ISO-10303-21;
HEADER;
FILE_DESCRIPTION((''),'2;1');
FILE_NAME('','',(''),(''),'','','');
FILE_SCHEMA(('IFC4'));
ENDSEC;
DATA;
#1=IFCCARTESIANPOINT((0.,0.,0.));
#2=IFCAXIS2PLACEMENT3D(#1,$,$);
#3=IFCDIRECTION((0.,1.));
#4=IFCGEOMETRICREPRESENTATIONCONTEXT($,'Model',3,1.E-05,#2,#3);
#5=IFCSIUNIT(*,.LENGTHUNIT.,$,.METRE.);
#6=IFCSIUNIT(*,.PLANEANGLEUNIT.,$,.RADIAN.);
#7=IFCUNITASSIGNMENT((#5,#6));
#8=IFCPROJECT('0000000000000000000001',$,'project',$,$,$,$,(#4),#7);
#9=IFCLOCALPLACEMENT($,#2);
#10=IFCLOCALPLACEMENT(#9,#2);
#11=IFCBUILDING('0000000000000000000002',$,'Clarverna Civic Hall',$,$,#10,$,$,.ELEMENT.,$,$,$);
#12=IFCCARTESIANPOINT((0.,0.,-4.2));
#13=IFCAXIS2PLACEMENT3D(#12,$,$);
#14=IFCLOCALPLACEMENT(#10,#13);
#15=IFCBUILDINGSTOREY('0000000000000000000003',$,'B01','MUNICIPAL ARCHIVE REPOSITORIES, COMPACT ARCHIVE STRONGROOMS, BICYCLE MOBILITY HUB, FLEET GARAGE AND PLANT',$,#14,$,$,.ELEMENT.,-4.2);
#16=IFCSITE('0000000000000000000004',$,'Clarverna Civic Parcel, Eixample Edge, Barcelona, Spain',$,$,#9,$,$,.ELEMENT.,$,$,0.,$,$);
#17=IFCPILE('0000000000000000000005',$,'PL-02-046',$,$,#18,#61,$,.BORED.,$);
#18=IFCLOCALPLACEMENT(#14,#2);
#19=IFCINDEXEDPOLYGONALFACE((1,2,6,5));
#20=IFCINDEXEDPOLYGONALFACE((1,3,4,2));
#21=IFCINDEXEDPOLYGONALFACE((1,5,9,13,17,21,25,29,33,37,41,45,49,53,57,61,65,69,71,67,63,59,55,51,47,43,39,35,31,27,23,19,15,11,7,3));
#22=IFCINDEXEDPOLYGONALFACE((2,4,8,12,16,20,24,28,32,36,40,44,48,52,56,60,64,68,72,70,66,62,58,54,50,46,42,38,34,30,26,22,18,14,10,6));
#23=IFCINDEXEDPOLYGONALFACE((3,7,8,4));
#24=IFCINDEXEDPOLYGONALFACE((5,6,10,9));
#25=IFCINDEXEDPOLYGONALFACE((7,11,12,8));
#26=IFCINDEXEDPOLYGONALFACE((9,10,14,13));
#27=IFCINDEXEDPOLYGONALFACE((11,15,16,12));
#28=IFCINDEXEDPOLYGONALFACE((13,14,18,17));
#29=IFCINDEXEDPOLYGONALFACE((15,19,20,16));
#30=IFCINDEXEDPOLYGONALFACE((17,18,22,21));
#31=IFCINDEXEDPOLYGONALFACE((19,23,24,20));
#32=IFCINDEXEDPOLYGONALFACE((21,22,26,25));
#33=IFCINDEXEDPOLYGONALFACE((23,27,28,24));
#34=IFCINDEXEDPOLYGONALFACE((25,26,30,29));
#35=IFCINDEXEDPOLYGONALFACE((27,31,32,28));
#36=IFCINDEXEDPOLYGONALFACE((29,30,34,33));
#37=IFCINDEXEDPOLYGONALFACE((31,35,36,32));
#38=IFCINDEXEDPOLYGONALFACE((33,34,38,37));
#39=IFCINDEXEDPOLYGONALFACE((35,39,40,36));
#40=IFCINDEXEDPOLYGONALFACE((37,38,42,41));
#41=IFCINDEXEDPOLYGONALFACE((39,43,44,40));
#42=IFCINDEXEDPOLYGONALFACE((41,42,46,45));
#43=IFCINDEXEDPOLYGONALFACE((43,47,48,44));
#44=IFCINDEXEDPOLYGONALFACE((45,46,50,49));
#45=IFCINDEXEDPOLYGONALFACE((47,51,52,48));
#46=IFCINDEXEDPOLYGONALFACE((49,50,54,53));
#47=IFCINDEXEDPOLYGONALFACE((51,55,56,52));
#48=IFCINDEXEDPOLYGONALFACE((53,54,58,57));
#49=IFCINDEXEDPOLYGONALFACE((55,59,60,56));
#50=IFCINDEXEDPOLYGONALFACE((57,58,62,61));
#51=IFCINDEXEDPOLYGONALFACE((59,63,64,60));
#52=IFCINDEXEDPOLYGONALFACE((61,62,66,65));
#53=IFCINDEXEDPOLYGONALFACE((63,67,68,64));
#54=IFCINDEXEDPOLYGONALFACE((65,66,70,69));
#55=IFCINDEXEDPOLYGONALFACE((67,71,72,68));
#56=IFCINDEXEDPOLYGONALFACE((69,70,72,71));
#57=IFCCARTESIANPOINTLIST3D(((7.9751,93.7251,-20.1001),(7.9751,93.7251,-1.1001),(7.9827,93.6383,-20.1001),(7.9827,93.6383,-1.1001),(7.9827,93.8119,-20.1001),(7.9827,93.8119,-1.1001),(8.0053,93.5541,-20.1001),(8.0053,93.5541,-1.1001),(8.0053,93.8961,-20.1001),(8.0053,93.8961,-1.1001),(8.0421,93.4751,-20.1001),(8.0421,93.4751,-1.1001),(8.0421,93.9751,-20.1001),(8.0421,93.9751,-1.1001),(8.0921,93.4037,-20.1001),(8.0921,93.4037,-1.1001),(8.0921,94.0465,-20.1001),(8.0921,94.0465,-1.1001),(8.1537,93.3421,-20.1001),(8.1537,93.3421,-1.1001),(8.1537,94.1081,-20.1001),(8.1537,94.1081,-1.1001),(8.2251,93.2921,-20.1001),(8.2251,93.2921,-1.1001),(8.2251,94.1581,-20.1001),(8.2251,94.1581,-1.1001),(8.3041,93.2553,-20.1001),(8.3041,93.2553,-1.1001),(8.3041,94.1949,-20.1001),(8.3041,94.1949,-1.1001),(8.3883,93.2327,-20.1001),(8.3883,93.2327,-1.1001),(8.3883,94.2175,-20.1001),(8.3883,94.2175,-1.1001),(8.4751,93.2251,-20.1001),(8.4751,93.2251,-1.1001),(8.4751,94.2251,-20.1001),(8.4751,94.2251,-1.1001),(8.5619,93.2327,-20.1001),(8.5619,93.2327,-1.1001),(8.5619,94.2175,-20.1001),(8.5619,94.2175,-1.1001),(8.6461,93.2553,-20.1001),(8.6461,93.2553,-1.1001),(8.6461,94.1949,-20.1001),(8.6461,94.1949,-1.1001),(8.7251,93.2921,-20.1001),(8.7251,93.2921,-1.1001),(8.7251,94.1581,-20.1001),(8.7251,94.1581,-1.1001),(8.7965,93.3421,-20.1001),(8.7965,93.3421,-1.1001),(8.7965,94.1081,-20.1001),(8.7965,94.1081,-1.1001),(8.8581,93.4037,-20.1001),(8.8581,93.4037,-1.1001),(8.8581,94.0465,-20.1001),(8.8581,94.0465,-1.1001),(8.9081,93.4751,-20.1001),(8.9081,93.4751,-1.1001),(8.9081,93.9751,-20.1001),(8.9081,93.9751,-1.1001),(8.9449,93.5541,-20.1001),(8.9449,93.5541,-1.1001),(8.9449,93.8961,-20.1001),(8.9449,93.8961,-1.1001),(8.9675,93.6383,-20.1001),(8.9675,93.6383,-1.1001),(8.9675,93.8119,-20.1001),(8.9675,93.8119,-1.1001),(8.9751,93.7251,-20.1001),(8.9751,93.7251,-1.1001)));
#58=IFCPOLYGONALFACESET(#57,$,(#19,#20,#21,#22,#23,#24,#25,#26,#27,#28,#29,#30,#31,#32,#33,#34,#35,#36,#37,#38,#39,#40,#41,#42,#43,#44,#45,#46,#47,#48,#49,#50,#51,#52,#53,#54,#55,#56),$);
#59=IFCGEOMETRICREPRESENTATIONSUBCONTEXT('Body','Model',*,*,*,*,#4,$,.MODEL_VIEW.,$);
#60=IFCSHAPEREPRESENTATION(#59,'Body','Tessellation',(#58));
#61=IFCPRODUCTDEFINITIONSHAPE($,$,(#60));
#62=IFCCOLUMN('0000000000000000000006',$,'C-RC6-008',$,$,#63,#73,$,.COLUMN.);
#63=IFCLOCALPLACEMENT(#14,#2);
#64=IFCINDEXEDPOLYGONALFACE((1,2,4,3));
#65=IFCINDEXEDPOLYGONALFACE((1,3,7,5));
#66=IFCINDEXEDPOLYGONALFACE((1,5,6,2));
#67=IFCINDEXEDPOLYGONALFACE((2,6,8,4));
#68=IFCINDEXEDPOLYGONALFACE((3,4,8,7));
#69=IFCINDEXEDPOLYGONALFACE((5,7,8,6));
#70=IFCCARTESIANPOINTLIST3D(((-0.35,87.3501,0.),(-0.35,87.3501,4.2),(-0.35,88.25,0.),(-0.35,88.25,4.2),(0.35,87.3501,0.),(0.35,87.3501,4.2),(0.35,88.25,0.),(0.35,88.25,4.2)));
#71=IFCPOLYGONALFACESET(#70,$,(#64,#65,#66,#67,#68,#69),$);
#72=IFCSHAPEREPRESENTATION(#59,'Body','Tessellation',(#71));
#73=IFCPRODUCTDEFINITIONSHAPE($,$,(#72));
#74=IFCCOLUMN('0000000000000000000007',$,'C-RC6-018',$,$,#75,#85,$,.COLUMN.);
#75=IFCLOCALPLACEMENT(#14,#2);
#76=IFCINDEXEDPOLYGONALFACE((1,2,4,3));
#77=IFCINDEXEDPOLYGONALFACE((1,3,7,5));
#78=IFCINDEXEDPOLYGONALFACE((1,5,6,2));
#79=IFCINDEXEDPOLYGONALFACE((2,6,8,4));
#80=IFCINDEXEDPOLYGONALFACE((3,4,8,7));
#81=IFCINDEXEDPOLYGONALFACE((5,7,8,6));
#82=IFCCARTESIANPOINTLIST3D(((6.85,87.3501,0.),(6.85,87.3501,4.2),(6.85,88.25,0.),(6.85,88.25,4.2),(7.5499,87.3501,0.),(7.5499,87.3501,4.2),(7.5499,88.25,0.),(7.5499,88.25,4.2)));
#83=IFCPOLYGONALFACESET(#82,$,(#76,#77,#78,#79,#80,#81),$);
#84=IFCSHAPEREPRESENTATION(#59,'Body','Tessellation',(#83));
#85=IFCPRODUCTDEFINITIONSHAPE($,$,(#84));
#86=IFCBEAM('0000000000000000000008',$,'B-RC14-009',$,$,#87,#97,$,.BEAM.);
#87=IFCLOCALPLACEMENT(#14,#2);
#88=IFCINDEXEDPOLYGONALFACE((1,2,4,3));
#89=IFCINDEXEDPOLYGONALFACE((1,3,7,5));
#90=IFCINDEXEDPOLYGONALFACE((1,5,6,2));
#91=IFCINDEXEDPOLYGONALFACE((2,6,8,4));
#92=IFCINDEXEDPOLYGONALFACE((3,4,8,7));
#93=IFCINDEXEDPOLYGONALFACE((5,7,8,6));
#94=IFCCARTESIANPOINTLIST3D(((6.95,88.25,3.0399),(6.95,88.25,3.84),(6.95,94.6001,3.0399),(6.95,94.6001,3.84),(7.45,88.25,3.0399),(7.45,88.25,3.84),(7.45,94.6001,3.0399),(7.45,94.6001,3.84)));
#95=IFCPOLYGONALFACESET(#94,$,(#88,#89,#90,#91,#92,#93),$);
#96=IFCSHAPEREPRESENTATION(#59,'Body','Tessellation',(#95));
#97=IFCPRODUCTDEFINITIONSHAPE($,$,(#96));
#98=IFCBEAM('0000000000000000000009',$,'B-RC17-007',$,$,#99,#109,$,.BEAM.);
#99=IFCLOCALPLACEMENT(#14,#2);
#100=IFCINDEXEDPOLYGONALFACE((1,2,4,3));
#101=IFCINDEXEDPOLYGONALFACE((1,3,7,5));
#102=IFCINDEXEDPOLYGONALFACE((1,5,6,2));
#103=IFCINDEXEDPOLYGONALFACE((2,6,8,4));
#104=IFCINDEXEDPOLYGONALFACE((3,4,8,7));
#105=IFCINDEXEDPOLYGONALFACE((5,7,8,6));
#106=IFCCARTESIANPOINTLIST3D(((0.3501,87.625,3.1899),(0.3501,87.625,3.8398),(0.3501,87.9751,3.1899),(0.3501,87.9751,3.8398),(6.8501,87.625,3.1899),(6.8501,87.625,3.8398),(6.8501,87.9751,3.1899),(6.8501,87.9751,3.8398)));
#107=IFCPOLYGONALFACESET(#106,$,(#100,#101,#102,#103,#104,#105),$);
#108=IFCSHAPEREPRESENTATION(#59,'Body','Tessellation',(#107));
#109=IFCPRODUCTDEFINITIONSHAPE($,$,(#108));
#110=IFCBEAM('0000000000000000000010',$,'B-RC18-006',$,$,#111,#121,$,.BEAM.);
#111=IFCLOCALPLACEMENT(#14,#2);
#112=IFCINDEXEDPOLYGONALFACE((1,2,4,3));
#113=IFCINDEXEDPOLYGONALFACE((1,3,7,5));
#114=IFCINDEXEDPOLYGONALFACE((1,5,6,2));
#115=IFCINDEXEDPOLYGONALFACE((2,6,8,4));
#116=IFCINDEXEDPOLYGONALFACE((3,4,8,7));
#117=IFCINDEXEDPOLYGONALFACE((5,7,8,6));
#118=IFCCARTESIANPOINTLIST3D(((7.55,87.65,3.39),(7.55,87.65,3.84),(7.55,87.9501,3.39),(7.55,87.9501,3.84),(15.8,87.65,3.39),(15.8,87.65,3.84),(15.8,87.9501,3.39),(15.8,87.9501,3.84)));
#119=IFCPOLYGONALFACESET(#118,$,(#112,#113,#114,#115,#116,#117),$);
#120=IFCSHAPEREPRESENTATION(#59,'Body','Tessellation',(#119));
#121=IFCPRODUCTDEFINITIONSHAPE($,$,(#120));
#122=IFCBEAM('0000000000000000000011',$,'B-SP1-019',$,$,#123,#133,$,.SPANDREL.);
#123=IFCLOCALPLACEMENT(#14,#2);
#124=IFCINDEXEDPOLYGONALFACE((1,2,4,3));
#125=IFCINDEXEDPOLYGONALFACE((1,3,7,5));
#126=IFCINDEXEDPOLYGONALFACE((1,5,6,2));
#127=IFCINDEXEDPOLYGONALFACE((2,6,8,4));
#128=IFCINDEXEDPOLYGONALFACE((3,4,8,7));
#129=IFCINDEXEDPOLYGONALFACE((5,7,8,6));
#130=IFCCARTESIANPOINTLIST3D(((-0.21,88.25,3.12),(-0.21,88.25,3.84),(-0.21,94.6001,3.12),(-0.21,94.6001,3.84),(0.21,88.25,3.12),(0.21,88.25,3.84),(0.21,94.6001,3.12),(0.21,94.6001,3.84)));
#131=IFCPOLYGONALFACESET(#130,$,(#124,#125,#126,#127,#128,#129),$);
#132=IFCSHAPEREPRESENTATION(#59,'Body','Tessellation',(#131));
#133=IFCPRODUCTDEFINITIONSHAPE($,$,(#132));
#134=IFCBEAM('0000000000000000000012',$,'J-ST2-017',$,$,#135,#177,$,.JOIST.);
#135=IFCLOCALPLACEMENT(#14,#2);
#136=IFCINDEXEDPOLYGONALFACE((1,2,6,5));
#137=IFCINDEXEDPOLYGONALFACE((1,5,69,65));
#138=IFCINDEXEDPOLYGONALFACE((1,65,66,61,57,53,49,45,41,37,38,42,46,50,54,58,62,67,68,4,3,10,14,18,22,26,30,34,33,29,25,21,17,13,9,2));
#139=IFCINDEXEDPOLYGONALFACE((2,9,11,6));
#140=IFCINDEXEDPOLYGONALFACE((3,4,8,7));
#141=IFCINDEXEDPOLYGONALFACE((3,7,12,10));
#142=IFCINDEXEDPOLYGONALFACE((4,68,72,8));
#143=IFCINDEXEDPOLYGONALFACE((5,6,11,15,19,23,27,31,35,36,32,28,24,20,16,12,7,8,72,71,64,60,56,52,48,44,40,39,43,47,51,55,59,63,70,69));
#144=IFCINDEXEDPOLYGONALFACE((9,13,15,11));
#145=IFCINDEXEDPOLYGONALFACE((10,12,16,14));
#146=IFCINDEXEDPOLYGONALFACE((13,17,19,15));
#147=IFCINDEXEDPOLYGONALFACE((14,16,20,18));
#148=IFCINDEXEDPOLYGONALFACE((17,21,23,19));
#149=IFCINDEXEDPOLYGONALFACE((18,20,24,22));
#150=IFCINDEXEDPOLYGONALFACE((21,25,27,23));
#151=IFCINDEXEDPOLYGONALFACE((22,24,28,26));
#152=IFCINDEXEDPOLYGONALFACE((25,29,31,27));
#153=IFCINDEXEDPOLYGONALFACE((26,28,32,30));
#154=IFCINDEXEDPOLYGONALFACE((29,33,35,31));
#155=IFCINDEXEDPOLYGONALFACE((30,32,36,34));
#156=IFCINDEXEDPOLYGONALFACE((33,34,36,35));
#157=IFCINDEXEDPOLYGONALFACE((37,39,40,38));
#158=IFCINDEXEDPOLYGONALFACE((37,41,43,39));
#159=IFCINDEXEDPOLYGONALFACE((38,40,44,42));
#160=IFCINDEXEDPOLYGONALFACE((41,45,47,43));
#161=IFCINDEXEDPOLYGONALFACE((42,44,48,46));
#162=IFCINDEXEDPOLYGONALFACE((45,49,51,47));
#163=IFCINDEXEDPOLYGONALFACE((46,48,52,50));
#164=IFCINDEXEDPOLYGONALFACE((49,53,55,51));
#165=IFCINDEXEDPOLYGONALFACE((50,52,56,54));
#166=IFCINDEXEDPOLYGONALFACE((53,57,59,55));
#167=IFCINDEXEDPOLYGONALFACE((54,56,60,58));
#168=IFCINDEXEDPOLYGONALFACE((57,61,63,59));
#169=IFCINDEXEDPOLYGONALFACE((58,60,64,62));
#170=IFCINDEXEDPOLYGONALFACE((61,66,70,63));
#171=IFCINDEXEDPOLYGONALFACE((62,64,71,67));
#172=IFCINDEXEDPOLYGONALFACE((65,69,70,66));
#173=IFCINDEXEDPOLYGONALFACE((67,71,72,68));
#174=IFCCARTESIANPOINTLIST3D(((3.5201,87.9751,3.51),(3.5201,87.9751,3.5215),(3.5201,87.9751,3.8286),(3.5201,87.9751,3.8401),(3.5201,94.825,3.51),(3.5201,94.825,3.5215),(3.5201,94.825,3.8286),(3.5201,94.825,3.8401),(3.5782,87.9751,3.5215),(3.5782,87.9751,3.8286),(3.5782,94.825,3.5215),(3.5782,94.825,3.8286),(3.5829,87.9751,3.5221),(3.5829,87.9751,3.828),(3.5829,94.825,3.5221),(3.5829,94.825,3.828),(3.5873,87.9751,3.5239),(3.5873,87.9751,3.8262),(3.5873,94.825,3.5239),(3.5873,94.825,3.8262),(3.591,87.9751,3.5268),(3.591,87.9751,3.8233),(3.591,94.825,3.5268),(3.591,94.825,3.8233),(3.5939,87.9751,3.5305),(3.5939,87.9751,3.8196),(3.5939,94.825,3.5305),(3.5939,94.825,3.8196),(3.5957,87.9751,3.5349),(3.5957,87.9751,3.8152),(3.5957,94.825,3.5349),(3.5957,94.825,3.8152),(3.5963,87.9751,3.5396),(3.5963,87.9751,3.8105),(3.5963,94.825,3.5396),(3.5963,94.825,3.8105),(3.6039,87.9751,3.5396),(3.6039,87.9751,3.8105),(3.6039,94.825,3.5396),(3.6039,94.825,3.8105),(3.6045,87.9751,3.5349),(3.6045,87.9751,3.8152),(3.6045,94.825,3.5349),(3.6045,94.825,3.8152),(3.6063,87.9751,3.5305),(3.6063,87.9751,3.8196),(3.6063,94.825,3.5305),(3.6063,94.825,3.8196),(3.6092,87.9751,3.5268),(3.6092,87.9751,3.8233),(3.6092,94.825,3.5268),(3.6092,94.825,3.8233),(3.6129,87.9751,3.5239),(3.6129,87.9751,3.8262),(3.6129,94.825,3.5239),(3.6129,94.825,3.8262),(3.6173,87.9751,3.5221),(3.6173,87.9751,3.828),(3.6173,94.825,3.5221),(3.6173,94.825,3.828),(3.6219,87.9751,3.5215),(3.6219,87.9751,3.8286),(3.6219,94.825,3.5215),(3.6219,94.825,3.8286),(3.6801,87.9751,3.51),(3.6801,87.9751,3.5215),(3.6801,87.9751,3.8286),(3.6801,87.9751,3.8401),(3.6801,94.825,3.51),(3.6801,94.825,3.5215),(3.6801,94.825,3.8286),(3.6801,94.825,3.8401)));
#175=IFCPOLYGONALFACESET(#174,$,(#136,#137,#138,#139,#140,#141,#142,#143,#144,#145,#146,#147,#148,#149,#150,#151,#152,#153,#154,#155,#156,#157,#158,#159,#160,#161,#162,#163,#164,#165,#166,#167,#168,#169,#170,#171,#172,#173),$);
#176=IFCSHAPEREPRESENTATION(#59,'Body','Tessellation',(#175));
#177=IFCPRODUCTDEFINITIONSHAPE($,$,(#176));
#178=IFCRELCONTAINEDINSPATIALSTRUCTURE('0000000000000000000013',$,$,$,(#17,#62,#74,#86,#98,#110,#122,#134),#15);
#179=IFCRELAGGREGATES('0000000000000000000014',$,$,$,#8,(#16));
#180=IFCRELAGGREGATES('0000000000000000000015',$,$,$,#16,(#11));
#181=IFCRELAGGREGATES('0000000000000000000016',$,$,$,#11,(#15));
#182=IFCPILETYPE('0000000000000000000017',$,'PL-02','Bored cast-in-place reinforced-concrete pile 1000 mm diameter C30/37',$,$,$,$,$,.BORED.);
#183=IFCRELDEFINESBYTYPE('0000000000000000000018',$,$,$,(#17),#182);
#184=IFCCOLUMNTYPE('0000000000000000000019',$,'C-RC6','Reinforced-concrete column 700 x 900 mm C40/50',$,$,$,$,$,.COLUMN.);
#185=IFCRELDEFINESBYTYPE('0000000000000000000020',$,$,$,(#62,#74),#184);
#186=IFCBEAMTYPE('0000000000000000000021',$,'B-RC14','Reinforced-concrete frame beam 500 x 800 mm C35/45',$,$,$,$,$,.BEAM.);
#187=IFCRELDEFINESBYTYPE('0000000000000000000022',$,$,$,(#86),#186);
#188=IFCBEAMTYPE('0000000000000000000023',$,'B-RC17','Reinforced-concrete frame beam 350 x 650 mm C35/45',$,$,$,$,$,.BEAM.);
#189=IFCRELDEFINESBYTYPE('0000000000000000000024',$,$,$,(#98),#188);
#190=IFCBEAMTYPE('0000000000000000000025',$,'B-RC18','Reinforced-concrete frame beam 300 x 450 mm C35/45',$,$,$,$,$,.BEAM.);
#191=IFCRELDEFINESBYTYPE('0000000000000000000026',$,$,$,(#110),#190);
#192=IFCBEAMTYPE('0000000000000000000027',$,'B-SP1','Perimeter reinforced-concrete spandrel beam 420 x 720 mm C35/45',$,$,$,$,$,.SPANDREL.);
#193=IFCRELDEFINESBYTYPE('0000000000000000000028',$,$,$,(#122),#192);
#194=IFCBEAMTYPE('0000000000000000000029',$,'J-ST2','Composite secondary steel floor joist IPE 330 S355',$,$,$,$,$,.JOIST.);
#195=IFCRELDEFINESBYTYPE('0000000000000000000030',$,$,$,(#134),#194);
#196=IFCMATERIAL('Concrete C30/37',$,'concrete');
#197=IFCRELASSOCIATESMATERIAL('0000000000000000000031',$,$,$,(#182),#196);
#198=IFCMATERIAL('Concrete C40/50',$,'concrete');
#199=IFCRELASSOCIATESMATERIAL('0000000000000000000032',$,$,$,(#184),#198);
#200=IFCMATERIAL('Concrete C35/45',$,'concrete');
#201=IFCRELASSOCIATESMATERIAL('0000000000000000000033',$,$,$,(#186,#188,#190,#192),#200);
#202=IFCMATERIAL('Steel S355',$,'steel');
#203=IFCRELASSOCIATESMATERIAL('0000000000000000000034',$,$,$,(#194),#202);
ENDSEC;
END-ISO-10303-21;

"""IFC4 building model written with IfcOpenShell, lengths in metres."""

from ifc_helpers import new_model, si_unit, direction, frame, origin, origin_2d, place, context, subcontext, project, spatial, rectangle, circle, i_section, extrude, material, material_profile, profile_set, type_object, element, save


model = new_model("IFC4")

# Units and contexts
model_context = context("Model", 3, precision=1e-05, world=origin(), true_north=direction((0.0, 1.0)))
body_context = subcontext(model_context, "Body", "Model", "MODEL_VIEW")
ifc_project = project(units=[si_unit("LENGTHUNIT", "METRE"), si_unit("PLANEANGLEUNIT", "RADIAN")], contexts=[model_context])

# Site, building, storey
site_placement = place(None, origin())
site = spatial("IfcSite", under=ifc_project, at=site_placement, Name="Clarverna Civic Parcel, Eixample Edge, Barcelona, Spain", CompositionType="ELEMENT", RefElevation=0.0)
building_placement = place(site_placement, origin())
building = spatial("IfcBuilding", under=site, at=building_placement, Name="Clarverna Civic Hall", CompositionType="ELEMENT")
storey_placement = place(building_placement, frame((0.0, 0.0, -4.2)))
storey = spatial("IfcBuildingStorey", under=building, at=storey_placement, Name="B01", Description="MUNICIPAL ARCHIVE REPOSITORIES, COMPACT ARCHIVE STRONGROOMS, BICYCLE MOBILITY HUB, FLEET GARAGE AND PLANT", CompositionType="ELEMENT", Elevation=-4.2)

# Shared definitions
ifc_material_1 = material(Name="Concrete C30/37", Category="concrete")

# Pile
ifc_material_profile_1 = material_profile(ifc_material_1, circle(Radius=0.5, at=origin_2d()), Name="BORED PILE D1000")
ifc_profile_set_1 = profile_set([ifc_material_profile_1], Name="Concrete C30/37")
pile_type = type_object("IfcPileType", Name="PL-02", Description="Bored cast-in-place reinforced-concrete pile 1000 mm diameter C30/37", PredefinedType="BORED", material=ifc_profile_set_1)
for number, where, z_axis, x_axis, name in (
    (1, (8.4751, 93.7251, -1.1001), (0.0, 0.0, -1.0), (1.0, 0.0, 0.0), "PL-02-046"),
):
    element("IfcPile", number, at=place(storey_placement, frame(where, z_axis=z_axis, x_axis=x_axis)), inside=storey, type_object=pile_type, Name=name, PredefinedType="BORED", context=body_context, shape_type="SweptSolid", body=[
        extrude(circle(Radius=0.5, at=origin_2d()), origin(), (0.0, 0.0, 1.0), 19.0),
    ])

# Columns
ifc_material_2 = material(Name="Concrete C40/50", Category="concrete")
ifc_material_profile_2 = material_profile(ifc_material_2, rectangle(XDim=0.7, YDim=0.8999, at=origin_2d()), Name="RC 700x900")
ifc_profile_set_2 = profile_set([ifc_material_profile_2], Name="Concrete C40/50")
column_type = type_object("IfcColumnType", Name="C-RC6", Description="Reinforced-concrete column 700 x 900 mm C40/50", PredefinedType="COLUMN", material=ifc_profile_set_2)
for number, where, z_axis, x_axis, name in (
    (2, (0.0, 87.8, 0.0), (0.0, 0.0, 1.0), (1.0, 0.0, 0.0), "C-RC6-008"),
    (3, (7.2, 87.8, 0.0), (0.0, 0.0, 1.0), (1.0, 0.0, 0.0), "C-RC6-018"),
):
    element("IfcColumn", number, at=place(storey_placement, frame(where, z_axis=z_axis, x_axis=x_axis)), inside=storey, type_object=column_type, Name=name, PredefinedType="COLUMN", context=body_context, shape_type="SweptSolid", body=[
        extrude(rectangle(XDim=0.7, YDim=0.8999, at=origin_2d()), origin(), (0.0, 0.0, 1.0), 4.2),
    ])

# Beams
ifc_material_3 = material(Name="Concrete C35/45", Category="concrete")
ifc_material_profile_3 = material_profile(ifc_material_3, rectangle(XDim=0.5, YDim=0.8, at=origin_2d()), Name="RC 500x800")
ifc_profile_set_3 = profile_set([ifc_material_profile_3], Name="Concrete C35/45")
beam_type_1 = type_object("IfcBeamType", Name="B-RC14", Description="Reinforced-concrete frame beam 500 x 800 mm C35/45", PredefinedType="BEAM", material=ifc_profile_set_3)
beam_1_placement = place(storey_placement, frame((7.2, 88.25, 3.4399), z_axis=(0.0, 1.0, 0.0), x_axis=(-1.0, 0.0, 0.0)))
element("IfcBeam", 4, at=beam_1_placement, inside=storey, type_object=beam_type_1, Name="B-RC14-009", PredefinedType="BEAM", context=body_context, shape_type="SweptSolid", body=[
    extrude(rectangle(XDim=0.5, YDim=0.8, at=origin_2d()), origin(), (0.0, 0.0, 1.0), 6.3501),
])
ifc_material_profile_4 = material_profile(ifc_material_3, rectangle(XDim=0.3501, YDim=0.6499, at=origin_2d()), Name="RC 350x650")
ifc_profile_set_4 = profile_set([ifc_material_profile_4], Name="Concrete C35/45")
beam_type_2 = type_object("IfcBeamType", Name="B-RC17", Description="Reinforced-concrete frame beam 350 x 650 mm C35/45", PredefinedType="BEAM", material=ifc_profile_set_4)
beam_2_placement = place(storey_placement, frame((0.3501, 87.8, 3.5149), z_axis=(1.0, 0.0, 0.0), x_axis=(0.0, 1.0, 0.0)))
element("IfcBeam", 5, at=beam_2_placement, inside=storey, type_object=beam_type_2, Name="B-RC17-007", PredefinedType="BEAM", context=body_context, shape_type="SweptSolid", body=[
    extrude(rectangle(XDim=0.3501, YDim=0.6499, at=origin_2d()), origin(), (0.0, 0.0, 1.0), 6.5),
])
ifc_material_profile_5 = material_profile(ifc_material_3, rectangle(XDim=0.3, YDim=0.45, at=origin_2d()), Name="RC 300x450")
ifc_profile_set_5 = profile_set([ifc_material_profile_5], Name="Concrete C35/45")
beam_type_3 = type_object("IfcBeamType", Name="B-RC18", Description="Reinforced-concrete frame beam 300 x 450 mm C35/45", PredefinedType="BEAM", material=ifc_profile_set_5)
beam_3_placement = place(storey_placement, frame((7.55, 87.8, 3.615), z_axis=(1.0, 0.0, 0.0), x_axis=(0.0, 1.0, 0.0)))
element("IfcBeam", 6, at=beam_3_placement, inside=storey, type_object=beam_type_3, Name="B-RC18-006", PredefinedType="BEAM", context=body_context, shape_type="SweptSolid", body=[
    extrude(rectangle(XDim=0.3, YDim=0.45, at=origin_2d()), origin(), (0.0, 0.0, 1.0), 8.25),
])
ifc_material_profile_6 = material_profile(ifc_material_3, rectangle(XDim=0.4199, YDim=0.72, at=origin_2d()), Name="RC 420x720")
ifc_profile_set_6 = profile_set([ifc_material_profile_6], Name="Concrete C35/45")
beam_type_4 = type_object("IfcBeamType", Name="B-SP1", Description="Perimeter reinforced-concrete spandrel beam 420 x 720 mm C35/45", PredefinedType="SPANDREL", material=ifc_profile_set_6)
beam_4_placement = place(storey_placement, frame((0.0, 88.25, 3.48), z_axis=(0.0, 1.0, 0.0), x_axis=(-1.0, 0.0, 0.0)))
element("IfcBeam", 7, at=beam_4_placement, inside=storey, type_object=beam_type_4, Name="B-SP1-019", PredefinedType="SPANDREL", context=body_context, shape_type="SweptSolid", body=[
    extrude(rectangle(XDim=0.4199, YDim=0.72, at=origin_2d()), origin(), (0.0, 0.0, 1.0), 6.3501),
])
ifc_material_4 = material(Name="Steel S355", Category="steel")
ifc_material_profile_7 = material_profile(ifc_material_4, i_section(OverallWidth=0.1599, OverallDepth=0.3301, WebThickness=0.0076, FlangeThickness=0.0115, FilletRadius=0.0181, at=origin_2d()), Name="IPE 330")
ifc_profile_set_7 = profile_set([ifc_material_profile_7], Name="Steel S355")
beam_type_5 = type_object("IfcBeamType", Name="J-ST2", Description="Composite secondary steel floor joist IPE 330 S355", PredefinedType="JOIST", material=ifc_profile_set_7)
beam_5_placement = place(storey_placement, frame((3.6001, 87.9751, 3.675), z_axis=(0.0, 1.0, 0.0), x_axis=(-1.0, 0.0, 0.0)))
element("IfcBeam", 8, at=beam_5_placement, inside=storey, type_object=beam_type_5, Name="J-ST2-017", PredefinedType="JOIST", context=body_context, shape_type="SweptSolid", body=[
    extrude(i_section(OverallWidth=0.1599, OverallDepth=0.3301, WebThickness=0.0076, FlangeThickness=0.0115, FilletRadius=0.0181, at=origin_2d()), origin(), (0.0, 0.0, 1.0), 6.8499),
])

save(model, "model.ifc")
